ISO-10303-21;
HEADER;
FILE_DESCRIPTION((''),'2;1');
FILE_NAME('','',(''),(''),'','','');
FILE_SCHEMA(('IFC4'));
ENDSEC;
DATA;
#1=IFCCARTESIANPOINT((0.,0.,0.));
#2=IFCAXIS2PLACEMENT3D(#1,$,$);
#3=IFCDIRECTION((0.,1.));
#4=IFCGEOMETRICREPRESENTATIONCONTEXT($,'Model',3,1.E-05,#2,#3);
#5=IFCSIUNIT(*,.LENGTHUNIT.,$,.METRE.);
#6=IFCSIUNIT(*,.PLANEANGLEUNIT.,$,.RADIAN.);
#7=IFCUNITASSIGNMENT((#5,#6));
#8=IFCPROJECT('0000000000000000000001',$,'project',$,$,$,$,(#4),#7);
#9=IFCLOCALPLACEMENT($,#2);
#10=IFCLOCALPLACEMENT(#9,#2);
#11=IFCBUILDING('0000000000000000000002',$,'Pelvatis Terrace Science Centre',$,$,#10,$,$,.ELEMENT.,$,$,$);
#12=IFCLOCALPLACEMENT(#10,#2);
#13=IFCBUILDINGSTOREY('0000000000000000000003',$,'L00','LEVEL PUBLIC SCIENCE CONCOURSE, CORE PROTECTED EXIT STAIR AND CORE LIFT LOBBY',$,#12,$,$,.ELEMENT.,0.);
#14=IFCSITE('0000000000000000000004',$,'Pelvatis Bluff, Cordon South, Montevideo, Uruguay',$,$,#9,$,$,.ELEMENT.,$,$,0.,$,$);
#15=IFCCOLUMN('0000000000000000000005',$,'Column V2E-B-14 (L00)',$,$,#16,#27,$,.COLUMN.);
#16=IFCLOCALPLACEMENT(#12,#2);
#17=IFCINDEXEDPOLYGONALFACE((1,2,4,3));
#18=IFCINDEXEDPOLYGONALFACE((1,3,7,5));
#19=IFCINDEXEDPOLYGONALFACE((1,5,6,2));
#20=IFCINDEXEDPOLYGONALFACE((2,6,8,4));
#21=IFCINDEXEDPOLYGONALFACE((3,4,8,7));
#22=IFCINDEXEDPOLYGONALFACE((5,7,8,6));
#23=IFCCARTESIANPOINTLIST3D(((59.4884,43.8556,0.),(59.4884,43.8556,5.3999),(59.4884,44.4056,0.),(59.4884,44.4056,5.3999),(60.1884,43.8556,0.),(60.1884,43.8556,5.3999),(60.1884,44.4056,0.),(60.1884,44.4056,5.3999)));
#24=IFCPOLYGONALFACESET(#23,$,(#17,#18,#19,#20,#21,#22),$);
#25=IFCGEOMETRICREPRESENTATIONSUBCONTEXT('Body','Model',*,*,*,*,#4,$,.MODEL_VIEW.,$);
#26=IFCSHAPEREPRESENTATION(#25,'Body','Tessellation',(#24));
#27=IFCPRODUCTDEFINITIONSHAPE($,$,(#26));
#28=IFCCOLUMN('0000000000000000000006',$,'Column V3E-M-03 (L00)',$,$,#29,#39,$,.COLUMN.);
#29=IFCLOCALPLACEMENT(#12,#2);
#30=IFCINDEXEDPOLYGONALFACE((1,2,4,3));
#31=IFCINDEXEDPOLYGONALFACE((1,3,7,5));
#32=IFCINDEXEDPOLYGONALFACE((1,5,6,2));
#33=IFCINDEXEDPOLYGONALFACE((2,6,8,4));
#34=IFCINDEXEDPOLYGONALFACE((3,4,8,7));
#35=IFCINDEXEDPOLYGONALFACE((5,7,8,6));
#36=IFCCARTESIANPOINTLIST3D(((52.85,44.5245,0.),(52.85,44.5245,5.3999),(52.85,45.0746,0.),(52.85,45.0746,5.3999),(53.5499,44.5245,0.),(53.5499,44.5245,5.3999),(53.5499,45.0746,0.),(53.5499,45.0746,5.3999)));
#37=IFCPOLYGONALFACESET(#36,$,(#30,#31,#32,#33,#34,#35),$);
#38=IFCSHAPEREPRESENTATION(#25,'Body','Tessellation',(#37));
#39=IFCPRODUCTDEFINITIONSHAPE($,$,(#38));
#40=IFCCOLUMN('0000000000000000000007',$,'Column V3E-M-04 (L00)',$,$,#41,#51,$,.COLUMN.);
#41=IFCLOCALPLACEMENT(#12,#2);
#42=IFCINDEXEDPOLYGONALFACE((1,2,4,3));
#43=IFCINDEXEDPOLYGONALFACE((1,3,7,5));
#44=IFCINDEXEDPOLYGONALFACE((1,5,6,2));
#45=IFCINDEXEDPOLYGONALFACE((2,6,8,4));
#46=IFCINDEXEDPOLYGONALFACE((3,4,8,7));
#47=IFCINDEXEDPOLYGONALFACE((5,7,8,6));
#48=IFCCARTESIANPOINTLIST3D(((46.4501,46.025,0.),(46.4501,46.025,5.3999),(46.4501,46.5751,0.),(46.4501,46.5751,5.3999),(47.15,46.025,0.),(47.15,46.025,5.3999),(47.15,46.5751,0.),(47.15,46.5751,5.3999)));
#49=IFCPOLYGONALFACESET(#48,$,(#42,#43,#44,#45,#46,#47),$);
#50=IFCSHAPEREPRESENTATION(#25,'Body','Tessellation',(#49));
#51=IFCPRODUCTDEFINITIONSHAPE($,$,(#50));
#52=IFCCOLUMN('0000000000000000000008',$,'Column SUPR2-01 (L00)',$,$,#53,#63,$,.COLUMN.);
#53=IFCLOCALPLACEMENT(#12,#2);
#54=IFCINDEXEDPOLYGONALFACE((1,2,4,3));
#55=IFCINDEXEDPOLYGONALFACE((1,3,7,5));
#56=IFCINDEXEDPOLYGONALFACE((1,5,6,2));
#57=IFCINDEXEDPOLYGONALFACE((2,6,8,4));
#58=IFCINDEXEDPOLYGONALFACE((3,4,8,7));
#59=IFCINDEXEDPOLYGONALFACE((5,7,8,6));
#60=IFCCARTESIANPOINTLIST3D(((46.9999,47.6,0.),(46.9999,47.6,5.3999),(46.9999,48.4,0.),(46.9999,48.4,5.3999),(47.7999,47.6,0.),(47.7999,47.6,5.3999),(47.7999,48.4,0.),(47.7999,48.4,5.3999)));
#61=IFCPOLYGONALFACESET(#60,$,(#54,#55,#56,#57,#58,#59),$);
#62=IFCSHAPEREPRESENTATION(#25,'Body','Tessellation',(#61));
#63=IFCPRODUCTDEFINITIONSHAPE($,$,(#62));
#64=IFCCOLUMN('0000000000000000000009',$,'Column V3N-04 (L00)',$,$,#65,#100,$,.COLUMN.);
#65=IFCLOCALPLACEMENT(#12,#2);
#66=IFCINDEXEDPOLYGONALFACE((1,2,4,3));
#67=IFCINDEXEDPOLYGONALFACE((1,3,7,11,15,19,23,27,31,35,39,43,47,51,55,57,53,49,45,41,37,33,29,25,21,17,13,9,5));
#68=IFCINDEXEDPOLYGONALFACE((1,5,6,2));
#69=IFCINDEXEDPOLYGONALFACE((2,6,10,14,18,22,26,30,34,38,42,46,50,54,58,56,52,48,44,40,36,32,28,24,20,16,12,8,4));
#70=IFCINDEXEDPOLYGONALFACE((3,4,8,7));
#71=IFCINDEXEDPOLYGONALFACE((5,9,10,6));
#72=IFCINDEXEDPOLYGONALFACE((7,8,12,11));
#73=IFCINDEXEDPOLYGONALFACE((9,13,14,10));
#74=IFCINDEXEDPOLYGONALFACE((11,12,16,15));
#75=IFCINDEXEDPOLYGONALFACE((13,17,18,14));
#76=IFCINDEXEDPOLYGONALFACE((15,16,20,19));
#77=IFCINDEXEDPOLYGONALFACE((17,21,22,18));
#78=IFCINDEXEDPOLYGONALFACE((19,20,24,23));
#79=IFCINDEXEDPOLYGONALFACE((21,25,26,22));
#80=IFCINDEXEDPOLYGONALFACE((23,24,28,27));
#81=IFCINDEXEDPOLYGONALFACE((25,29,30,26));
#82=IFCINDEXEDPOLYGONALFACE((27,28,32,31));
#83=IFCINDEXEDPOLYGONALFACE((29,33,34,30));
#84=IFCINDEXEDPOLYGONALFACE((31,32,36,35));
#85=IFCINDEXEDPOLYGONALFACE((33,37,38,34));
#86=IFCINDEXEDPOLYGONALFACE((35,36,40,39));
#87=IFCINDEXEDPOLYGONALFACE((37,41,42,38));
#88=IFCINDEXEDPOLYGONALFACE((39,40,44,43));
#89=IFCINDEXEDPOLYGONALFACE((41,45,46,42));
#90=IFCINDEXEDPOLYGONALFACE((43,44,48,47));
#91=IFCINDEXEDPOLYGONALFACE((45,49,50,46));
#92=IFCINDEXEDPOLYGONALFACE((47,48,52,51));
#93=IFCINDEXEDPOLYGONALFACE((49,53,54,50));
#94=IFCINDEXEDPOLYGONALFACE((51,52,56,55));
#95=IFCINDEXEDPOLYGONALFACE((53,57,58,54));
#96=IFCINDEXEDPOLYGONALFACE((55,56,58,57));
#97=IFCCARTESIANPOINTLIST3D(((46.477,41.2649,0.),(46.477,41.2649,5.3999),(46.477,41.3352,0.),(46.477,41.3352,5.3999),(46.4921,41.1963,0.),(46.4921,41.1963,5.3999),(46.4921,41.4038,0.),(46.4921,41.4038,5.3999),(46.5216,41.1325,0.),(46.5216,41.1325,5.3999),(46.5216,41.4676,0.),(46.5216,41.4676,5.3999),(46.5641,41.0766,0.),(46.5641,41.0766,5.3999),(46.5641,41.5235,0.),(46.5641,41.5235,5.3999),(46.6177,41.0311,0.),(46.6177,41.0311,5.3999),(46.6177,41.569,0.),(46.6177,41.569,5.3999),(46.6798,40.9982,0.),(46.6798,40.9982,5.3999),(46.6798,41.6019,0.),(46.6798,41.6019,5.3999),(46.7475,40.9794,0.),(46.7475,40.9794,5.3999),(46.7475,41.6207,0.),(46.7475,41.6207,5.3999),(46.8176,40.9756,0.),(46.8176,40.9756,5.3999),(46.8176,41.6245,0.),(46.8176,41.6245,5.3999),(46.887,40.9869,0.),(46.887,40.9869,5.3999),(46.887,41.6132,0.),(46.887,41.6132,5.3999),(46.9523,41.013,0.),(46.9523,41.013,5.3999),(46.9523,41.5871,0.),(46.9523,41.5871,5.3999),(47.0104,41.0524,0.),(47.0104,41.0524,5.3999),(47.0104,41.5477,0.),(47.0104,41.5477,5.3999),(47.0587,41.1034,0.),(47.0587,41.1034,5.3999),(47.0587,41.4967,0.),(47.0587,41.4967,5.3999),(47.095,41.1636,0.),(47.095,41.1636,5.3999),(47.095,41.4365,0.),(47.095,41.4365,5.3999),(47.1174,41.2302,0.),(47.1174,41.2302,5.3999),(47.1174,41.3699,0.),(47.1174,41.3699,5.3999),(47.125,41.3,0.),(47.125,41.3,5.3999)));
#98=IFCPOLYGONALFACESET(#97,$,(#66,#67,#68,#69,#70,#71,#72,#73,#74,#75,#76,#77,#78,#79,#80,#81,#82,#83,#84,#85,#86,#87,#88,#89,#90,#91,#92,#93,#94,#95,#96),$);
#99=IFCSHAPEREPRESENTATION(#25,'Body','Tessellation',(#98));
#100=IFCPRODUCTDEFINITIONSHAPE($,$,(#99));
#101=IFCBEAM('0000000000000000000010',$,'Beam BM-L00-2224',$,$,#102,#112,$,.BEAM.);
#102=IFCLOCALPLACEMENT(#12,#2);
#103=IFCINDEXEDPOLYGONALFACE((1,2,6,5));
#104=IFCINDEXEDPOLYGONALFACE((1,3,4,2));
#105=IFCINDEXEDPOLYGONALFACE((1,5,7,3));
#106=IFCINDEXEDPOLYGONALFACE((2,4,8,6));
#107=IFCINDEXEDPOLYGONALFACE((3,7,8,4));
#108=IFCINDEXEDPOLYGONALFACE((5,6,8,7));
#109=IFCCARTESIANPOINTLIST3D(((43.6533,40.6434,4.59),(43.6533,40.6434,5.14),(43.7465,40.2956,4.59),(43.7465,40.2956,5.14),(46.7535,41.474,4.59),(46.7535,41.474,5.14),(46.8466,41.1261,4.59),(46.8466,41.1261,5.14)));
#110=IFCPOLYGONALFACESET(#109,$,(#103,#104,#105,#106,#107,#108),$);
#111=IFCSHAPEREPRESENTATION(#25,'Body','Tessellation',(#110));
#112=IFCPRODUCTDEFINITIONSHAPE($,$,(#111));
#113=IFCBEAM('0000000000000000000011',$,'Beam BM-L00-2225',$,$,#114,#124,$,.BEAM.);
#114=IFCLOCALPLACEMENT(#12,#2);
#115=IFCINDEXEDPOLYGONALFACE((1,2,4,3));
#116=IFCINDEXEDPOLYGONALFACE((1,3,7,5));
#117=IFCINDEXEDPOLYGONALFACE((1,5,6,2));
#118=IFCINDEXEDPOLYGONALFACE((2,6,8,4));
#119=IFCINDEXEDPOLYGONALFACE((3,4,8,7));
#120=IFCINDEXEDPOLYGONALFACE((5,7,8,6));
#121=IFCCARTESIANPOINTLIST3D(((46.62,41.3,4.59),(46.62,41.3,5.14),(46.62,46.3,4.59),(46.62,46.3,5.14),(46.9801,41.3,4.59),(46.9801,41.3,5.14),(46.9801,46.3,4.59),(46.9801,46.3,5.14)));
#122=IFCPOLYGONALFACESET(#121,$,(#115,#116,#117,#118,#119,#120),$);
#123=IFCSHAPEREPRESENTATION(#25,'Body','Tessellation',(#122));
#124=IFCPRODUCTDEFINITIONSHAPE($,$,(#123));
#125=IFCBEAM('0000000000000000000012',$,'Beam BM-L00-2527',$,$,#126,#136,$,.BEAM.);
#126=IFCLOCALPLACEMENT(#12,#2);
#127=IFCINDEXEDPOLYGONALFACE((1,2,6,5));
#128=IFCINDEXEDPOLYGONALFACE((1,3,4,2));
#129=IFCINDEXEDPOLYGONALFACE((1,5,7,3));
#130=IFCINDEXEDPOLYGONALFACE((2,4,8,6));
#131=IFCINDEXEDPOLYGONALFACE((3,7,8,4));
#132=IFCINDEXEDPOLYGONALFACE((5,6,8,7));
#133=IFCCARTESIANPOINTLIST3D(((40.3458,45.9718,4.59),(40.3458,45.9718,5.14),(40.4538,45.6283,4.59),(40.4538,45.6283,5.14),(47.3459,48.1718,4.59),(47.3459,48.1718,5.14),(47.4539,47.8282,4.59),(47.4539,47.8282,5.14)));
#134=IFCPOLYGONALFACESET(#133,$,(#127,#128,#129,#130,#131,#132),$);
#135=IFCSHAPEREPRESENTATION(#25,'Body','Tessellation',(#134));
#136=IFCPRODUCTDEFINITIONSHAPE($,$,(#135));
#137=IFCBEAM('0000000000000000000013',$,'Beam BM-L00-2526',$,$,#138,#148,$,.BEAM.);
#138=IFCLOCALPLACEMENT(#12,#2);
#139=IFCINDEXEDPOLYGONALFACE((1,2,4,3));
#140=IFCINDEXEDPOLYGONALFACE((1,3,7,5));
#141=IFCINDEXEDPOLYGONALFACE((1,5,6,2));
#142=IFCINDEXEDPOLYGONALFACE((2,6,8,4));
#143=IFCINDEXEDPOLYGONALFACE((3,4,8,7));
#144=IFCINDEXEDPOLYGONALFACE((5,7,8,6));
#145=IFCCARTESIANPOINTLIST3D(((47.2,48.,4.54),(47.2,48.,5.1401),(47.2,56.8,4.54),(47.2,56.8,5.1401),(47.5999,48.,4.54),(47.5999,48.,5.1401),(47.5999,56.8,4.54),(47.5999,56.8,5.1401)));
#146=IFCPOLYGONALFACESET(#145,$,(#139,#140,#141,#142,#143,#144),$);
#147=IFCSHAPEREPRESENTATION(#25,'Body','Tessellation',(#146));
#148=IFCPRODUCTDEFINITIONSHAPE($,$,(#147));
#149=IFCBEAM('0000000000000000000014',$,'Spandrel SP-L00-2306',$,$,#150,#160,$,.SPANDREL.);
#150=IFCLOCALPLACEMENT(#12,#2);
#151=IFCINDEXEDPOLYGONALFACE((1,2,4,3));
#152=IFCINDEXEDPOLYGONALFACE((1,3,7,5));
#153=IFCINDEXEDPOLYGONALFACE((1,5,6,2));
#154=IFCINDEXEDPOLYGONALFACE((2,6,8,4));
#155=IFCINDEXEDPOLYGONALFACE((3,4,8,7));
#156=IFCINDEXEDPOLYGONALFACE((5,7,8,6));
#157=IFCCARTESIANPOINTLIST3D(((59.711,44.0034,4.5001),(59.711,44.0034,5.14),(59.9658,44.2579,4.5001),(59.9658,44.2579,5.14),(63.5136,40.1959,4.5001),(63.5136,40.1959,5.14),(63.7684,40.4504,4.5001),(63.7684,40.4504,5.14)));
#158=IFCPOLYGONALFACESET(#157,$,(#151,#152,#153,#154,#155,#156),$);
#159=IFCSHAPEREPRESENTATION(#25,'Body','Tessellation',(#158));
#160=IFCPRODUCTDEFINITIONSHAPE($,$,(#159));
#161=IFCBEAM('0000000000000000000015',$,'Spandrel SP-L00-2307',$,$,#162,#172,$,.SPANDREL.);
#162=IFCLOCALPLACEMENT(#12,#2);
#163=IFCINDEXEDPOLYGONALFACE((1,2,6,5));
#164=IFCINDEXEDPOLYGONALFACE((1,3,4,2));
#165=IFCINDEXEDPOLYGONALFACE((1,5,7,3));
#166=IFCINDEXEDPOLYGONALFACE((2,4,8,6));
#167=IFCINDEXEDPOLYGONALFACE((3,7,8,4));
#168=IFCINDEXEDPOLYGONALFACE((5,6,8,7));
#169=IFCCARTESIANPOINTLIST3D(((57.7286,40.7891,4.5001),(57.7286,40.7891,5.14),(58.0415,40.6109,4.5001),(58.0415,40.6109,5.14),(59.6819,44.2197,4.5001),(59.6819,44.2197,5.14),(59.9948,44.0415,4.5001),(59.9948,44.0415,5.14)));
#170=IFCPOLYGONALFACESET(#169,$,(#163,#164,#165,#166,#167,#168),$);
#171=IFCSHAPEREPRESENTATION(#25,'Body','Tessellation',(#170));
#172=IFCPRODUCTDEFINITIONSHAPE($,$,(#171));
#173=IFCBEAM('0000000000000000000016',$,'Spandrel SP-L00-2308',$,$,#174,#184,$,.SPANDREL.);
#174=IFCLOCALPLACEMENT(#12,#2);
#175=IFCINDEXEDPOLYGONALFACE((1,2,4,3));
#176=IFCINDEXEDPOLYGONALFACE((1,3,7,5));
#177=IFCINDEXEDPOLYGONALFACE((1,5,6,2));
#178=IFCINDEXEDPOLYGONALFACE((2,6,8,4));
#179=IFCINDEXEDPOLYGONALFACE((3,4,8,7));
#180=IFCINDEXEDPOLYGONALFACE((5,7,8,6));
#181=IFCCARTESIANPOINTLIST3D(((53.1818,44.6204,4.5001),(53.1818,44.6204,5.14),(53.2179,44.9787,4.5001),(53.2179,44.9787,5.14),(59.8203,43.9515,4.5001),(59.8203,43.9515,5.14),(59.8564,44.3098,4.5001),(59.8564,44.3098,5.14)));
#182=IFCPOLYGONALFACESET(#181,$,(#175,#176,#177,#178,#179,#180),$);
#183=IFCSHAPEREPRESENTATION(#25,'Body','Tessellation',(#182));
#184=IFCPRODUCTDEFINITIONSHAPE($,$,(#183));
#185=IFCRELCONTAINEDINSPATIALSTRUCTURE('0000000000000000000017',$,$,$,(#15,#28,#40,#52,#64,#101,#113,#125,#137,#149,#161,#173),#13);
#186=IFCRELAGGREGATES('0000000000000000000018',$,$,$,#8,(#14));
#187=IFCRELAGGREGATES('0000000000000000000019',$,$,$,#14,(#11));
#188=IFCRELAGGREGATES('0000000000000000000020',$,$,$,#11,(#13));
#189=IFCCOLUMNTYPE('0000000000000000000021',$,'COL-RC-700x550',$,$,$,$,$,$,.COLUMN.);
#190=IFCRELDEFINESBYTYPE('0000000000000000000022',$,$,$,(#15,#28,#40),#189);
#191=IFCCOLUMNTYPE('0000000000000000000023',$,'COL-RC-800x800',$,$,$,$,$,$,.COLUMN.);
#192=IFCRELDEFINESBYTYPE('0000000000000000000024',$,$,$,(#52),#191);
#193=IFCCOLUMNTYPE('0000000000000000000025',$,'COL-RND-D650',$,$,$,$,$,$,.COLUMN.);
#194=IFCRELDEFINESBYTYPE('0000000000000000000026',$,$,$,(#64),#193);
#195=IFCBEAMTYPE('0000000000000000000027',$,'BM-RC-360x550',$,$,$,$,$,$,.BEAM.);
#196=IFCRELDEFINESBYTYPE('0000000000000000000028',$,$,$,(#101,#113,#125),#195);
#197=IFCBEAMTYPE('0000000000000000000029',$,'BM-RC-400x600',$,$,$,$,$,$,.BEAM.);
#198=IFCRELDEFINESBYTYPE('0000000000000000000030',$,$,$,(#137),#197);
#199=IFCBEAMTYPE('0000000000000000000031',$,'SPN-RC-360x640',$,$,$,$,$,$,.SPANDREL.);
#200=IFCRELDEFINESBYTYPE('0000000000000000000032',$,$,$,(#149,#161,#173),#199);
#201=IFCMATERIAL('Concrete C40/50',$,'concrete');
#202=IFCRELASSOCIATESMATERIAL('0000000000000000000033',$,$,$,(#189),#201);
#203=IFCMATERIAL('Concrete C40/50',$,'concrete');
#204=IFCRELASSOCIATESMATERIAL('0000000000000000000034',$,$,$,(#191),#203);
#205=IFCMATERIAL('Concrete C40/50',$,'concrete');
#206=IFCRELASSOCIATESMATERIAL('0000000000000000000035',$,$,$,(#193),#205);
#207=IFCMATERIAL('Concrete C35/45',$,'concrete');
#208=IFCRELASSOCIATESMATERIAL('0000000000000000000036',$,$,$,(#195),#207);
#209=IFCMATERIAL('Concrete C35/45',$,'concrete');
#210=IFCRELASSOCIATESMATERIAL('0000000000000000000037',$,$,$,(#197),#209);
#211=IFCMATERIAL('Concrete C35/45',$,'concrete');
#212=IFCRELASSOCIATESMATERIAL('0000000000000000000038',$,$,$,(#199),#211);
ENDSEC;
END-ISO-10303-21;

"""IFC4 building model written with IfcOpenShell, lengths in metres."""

from ifc_helpers import new_model, si_unit, direction, frame, origin, origin_2d, place, context, subcontext, project, spatial, rectangle, circle, extrude, material, material_profile, profile_set, type_object, element, save


model = new_model("IFC4")

# Units and contexts
model_context = context("Model", 3, precision=1e-05, world=origin(), true_north=direction((0.0, 1.0)))
body_context = subcontext(model_context, "Body", "Model", "MODEL_VIEW")
ifc_project = project(units=[si_unit("LENGTHUNIT", "METRE"), si_unit("PLANEANGLEUNIT", "RADIAN")], contexts=[model_context])

# Site, building, storey
site_placement = place(None, origin())
site = spatial("IfcSite", under=ifc_project, at=site_placement, Name="Pelvatis Bluff, Cordon South, Montevideo, Uruguay", CompositionType="ELEMENT", RefElevation=0.0)
building_placement = place(site_placement, origin())
building = spatial("IfcBuilding", under=site, at=building_placement, Name="Pelvatis Terrace Science Centre", CompositionType="ELEMENT")
storey_placement = place(building_placement, origin())
storey = spatial("IfcBuildingStorey", under=building, at=storey_placement, Name="L00", Description="LEVEL PUBLIC SCIENCE CONCOURSE, CORE PROTECTED EXIT STAIR AND CORE LIFT LOBBY", CompositionType="ELEMENT", Elevation=0.0)

# Columns
ifc_material_1 = material(Name="Concrete C40/50", Category="concrete")
ifc_material_profile_1 = material_profile(ifc_material_1, rectangle(XDim=0.7, YDim=0.55, at=origin_2d()), Name="RC-COL 700x550")
ifc_profile_set_1 = profile_set([ifc_material_profile_1], Name="Concrete C40/50")
column_type_1 = type_object("IfcColumnType", Name="COL-RC-700x550", PredefinedType="COLUMN", material=ifc_profile_set_1)
for number, where, z_axis, x_axis, name in (
    (1, (59.8384, 44.1306, 0.0), (0.0, 0.0, 1.0), (1.0, 0.0, 0.0), "Column V2E-B-14 (L00)"),
    (2, (53.2, 44.7996, 0.0), (0.0, 0.0, 1.0), (1.0, 0.0, 0.0), "Column V3E-M-03 (L00)"),
    (3, (46.8, 46.3, 0.0), (0.0, 0.0, 1.0), (1.0, 0.0, 0.0), "Column V3E-M-04 (L00)"),
):
    element("IfcColumn", number, at=place(storey_placement, frame(where, z_axis=z_axis, x_axis=x_axis)), inside=storey, type_object=column_type_1, Name=name, PredefinedType="COLUMN", context=body_context, shape_type="SweptSolid", body=[
        extrude(rectangle(XDim=0.7, YDim=0.55, at=origin_2d()), origin(), (0.0, 0.0, 1.0), 5.3999),
    ])
ifc_material_2 = material(Name="Concrete C40/50", Category="concrete")
ifc_material_profile_2 = material_profile(ifc_material_2, rectangle(XDim=0.8, YDim=0.8, at=origin_2d()), Name="RC-COL 800x800")
ifc_profile_set_2 = profile_set([ifc_material_profile_2], Name="Concrete C40/50")
column_type_2 = type_object("IfcColumnType", Name="COL-RC-800x800", PredefinedType="COLUMN", material=ifc_profile_set_2)
column_1_placement = place(storey_placement, frame((47.3999, 48.0, 0.0), z_axis=(0.0, 0.0, 1.0), x_axis=(1.0, 0.0, 0.0)))
element("IfcColumn", 4, at=column_1_placement, inside=storey, type_object=column_type_2, Name="Column SUPR2-01 (L00)", PredefinedType="COLUMN", context=body_context, shape_type="SweptSolid", body=[
    extrude(rectangle(XDim=0.8, YDim=0.8, at=origin_2d()), origin(), (0.0, 0.0, 1.0), 5.3999),
])
ifc_material_3 = material(Name="Concrete C40/50", Category="concrete")
ifc_material_profile_3 = material_profile(ifc_material_3, circle(Radius=0.325, at=origin_2d()), Name="RC-RCOL D650")
ifc_profile_set_3 = profile_set([ifc_material_profile_3], Name="Concrete C40/50")
column_type_3 = type_object("IfcColumnType", Name="COL-RND-D650", PredefinedType="COLUMN", material=ifc_profile_set_3)
column_2_placement = place(storey_placement, frame((46.8, 41.3, 0.0), z_axis=(0.0, 0.0, 1.0), x_axis=(1.0, 0.0, 0.0)))
element("IfcColumn", 5, at=column_2_placement, inside=storey, type_object=column_type_3, Name="Column V3N-04 (L00)", PredefinedType="COLUMN", context=body_context, shape_type="SweptSolid", body=[
    extrude(circle(Radius=0.325, at=origin_2d()), origin(), (0.0, 0.0, 1.0), 5.3999),
])

# Beams
ifc_material_4 = material(Name="Concrete C35/45", Category="concrete")
ifc_material_profile_4 = material_profile(ifc_material_4, rectangle(XDim=0.3601, YDim=0.55, at=origin_2d()), Name="RC-BM 360x550")
ifc_profile_set_4 = profile_set([ifc_material_profile_4], Name="Concrete C35/45")
beam_type_1 = type_object("IfcBeamType", Name="BM-RC-360x550", PredefinedType="BEAM", material=ifc_profile_set_4)
beam_1_placement = place(storey_placement, frame((46.8, 41.3, 4.865), z_axis=(-0.965934, -0.258789, 0.0), x_axis=(0.258789, -0.965934, 0.0)))
element("IfcBeam", 6, at=beam_1_placement, inside=storey, type_object=beam_type_1, Name="Beam BM-L00-2224", PredefinedType="BEAM", context=body_context, shape_type="SweptSolid", body=[
    extrude(rectangle(XDim=0.3601, YDim=0.55, at=origin_2d()), origin(), (0.0, 0.0, 1.0), 3.2095),
])
beam_2_placement = place(storey_placement, frame((46.8, 41.3, 4.865), z_axis=(0.0, 1.0, 0.0), x_axis=(-1.0, 0.0, 0.0)))
element("IfcBeam", 7, at=beam_2_placement, inside=storey, type_object=beam_type_1, Name="Beam BM-L00-2225", PredefinedType="BEAM", context=body_context, shape_type="SweptSolid", body=[
    extrude(rectangle(XDim=0.3601, YDim=0.55, at=origin_2d()), origin(), (0.0, 0.0, 1.0), 5.0),
])
beam_3_placement = place(storey_placement, frame((47.3999, 48.0, 4.865), z_axis=(-0.953996, -0.299821, 0.0), x_axis=(0.299821, -0.953996, 0.0)))
element("IfcBeam", 8, at=beam_3_placement, inside=storey, type_object=beam_type_1, Name="Beam BM-L00-2527", PredefinedType="BEAM", context=body_context, shape_type="SweptSolid", body=[
    extrude(rectangle(XDim=0.3601, YDim=0.55, at=origin_2d()), origin(), (0.0, 0.0, 1.0), 7.3376),
])
ifc_material_5 = material(Name="Concrete C35/45", Category="concrete")
ifc_material_profile_5 = material_profile(ifc_material_5, rectangle(XDim=0.3999, YDim=0.6001, at=origin_2d()), Name="RC-BM 400x600")
ifc_profile_set_5 = profile_set([ifc_material_profile_5], Name="Concrete C35/45")
beam_type_2 = type_object("IfcBeamType", Name="BM-RC-400x600", PredefinedType="BEAM", material=ifc_profile_set_5)
beam_4_placement = place(storey_placement, frame((47.3999, 48.0, 4.8401), z_axis=(0.0, 1.0, 0.0), x_axis=(-1.0, 0.0, 0.0)))
element("IfcBeam", 9, at=beam_4_placement, inside=storey, type_object=beam_type_2, Name="Beam BM-L00-2526", PredefinedType="BEAM", context=body_context, shape_type="SweptSolid", body=[
    extrude(rectangle(XDim=0.3999, YDim=0.6001, at=origin_2d()), origin(), (0.0, 0.0, 1.0), 8.8),
])
ifc_material_6 = material(Name="Concrete C35/45", Category="concrete")
ifc_material_profile_6 = material_profile(ifc_material_6, rectangle(XDim=0.3601, YDim=0.6399, at=origin_2d()), Name="RC-SPN 360x640")
ifc_profile_set_6 = profile_set([ifc_material_profile_6], Name="Concrete C35/45")
beam_type_3 = type_object("IfcBeamType", Name="SPN-RC-360x640", PredefinedType="SPANDREL", material=ifc_profile_set_6)
beam_5_placement = place(storey_placement, frame((59.8384, 44.1306, 4.8201), z_axis=(0.706653, -0.70756, 0.0), x_axis=(0.70756, 0.706653, 0.0)))
element("IfcBeam", 10, at=beam_5_placement, inside=storey, type_object=beam_type_3, Name="Spandrel SP-L00-2306", PredefinedType="SPANDREL", context=body_context, shape_type="SweptSolid", body=[
    extrude(rectangle(XDim=0.3601, YDim=0.6399, at=origin_2d()), origin(), (0.0, 0.0, 1.0), 5.3811),
])
beam_6_placement = place(storey_placement, frame((59.8384, 44.1306, 4.8201), z_axis=(-0.4948, -0.869007, 0.0), x_axis=(0.869007, -0.4948, 0.0)))
element("IfcBeam", 11, at=beam_6_placement, inside=storey, type_object=beam_type_3, Name="Spandrel SP-L00-2307", PredefinedType="SPANDREL", context=body_context, shape_type="SweptSolid", body=[
    extrude(rectangle(XDim=0.3601, YDim=0.6399, at=origin_2d()), origin(), (0.0, 0.0, 1.0), 3.9478),
])
beam_7_placement = place(storey_placement, frame((59.8384, 44.1306, 4.8201), z_axis=(-0.994961, 0.100261, 0.0), x_axis=(-0.100261, -0.994961, 0.0)))
element("IfcBeam", 12, at=beam_7_placement, inside=storey, type_object=beam_type_3, Name="Spandrel SP-L00-2308", PredefinedType="SPANDREL", context=body_context, shape_type="SweptSolid", body=[
    extrude(rectangle(XDim=0.3601, YDim=0.6399, at=origin_2d()), origin(), (0.0, 0.0, 1.0), 6.6721),
])

save(model, "model.ifc")
